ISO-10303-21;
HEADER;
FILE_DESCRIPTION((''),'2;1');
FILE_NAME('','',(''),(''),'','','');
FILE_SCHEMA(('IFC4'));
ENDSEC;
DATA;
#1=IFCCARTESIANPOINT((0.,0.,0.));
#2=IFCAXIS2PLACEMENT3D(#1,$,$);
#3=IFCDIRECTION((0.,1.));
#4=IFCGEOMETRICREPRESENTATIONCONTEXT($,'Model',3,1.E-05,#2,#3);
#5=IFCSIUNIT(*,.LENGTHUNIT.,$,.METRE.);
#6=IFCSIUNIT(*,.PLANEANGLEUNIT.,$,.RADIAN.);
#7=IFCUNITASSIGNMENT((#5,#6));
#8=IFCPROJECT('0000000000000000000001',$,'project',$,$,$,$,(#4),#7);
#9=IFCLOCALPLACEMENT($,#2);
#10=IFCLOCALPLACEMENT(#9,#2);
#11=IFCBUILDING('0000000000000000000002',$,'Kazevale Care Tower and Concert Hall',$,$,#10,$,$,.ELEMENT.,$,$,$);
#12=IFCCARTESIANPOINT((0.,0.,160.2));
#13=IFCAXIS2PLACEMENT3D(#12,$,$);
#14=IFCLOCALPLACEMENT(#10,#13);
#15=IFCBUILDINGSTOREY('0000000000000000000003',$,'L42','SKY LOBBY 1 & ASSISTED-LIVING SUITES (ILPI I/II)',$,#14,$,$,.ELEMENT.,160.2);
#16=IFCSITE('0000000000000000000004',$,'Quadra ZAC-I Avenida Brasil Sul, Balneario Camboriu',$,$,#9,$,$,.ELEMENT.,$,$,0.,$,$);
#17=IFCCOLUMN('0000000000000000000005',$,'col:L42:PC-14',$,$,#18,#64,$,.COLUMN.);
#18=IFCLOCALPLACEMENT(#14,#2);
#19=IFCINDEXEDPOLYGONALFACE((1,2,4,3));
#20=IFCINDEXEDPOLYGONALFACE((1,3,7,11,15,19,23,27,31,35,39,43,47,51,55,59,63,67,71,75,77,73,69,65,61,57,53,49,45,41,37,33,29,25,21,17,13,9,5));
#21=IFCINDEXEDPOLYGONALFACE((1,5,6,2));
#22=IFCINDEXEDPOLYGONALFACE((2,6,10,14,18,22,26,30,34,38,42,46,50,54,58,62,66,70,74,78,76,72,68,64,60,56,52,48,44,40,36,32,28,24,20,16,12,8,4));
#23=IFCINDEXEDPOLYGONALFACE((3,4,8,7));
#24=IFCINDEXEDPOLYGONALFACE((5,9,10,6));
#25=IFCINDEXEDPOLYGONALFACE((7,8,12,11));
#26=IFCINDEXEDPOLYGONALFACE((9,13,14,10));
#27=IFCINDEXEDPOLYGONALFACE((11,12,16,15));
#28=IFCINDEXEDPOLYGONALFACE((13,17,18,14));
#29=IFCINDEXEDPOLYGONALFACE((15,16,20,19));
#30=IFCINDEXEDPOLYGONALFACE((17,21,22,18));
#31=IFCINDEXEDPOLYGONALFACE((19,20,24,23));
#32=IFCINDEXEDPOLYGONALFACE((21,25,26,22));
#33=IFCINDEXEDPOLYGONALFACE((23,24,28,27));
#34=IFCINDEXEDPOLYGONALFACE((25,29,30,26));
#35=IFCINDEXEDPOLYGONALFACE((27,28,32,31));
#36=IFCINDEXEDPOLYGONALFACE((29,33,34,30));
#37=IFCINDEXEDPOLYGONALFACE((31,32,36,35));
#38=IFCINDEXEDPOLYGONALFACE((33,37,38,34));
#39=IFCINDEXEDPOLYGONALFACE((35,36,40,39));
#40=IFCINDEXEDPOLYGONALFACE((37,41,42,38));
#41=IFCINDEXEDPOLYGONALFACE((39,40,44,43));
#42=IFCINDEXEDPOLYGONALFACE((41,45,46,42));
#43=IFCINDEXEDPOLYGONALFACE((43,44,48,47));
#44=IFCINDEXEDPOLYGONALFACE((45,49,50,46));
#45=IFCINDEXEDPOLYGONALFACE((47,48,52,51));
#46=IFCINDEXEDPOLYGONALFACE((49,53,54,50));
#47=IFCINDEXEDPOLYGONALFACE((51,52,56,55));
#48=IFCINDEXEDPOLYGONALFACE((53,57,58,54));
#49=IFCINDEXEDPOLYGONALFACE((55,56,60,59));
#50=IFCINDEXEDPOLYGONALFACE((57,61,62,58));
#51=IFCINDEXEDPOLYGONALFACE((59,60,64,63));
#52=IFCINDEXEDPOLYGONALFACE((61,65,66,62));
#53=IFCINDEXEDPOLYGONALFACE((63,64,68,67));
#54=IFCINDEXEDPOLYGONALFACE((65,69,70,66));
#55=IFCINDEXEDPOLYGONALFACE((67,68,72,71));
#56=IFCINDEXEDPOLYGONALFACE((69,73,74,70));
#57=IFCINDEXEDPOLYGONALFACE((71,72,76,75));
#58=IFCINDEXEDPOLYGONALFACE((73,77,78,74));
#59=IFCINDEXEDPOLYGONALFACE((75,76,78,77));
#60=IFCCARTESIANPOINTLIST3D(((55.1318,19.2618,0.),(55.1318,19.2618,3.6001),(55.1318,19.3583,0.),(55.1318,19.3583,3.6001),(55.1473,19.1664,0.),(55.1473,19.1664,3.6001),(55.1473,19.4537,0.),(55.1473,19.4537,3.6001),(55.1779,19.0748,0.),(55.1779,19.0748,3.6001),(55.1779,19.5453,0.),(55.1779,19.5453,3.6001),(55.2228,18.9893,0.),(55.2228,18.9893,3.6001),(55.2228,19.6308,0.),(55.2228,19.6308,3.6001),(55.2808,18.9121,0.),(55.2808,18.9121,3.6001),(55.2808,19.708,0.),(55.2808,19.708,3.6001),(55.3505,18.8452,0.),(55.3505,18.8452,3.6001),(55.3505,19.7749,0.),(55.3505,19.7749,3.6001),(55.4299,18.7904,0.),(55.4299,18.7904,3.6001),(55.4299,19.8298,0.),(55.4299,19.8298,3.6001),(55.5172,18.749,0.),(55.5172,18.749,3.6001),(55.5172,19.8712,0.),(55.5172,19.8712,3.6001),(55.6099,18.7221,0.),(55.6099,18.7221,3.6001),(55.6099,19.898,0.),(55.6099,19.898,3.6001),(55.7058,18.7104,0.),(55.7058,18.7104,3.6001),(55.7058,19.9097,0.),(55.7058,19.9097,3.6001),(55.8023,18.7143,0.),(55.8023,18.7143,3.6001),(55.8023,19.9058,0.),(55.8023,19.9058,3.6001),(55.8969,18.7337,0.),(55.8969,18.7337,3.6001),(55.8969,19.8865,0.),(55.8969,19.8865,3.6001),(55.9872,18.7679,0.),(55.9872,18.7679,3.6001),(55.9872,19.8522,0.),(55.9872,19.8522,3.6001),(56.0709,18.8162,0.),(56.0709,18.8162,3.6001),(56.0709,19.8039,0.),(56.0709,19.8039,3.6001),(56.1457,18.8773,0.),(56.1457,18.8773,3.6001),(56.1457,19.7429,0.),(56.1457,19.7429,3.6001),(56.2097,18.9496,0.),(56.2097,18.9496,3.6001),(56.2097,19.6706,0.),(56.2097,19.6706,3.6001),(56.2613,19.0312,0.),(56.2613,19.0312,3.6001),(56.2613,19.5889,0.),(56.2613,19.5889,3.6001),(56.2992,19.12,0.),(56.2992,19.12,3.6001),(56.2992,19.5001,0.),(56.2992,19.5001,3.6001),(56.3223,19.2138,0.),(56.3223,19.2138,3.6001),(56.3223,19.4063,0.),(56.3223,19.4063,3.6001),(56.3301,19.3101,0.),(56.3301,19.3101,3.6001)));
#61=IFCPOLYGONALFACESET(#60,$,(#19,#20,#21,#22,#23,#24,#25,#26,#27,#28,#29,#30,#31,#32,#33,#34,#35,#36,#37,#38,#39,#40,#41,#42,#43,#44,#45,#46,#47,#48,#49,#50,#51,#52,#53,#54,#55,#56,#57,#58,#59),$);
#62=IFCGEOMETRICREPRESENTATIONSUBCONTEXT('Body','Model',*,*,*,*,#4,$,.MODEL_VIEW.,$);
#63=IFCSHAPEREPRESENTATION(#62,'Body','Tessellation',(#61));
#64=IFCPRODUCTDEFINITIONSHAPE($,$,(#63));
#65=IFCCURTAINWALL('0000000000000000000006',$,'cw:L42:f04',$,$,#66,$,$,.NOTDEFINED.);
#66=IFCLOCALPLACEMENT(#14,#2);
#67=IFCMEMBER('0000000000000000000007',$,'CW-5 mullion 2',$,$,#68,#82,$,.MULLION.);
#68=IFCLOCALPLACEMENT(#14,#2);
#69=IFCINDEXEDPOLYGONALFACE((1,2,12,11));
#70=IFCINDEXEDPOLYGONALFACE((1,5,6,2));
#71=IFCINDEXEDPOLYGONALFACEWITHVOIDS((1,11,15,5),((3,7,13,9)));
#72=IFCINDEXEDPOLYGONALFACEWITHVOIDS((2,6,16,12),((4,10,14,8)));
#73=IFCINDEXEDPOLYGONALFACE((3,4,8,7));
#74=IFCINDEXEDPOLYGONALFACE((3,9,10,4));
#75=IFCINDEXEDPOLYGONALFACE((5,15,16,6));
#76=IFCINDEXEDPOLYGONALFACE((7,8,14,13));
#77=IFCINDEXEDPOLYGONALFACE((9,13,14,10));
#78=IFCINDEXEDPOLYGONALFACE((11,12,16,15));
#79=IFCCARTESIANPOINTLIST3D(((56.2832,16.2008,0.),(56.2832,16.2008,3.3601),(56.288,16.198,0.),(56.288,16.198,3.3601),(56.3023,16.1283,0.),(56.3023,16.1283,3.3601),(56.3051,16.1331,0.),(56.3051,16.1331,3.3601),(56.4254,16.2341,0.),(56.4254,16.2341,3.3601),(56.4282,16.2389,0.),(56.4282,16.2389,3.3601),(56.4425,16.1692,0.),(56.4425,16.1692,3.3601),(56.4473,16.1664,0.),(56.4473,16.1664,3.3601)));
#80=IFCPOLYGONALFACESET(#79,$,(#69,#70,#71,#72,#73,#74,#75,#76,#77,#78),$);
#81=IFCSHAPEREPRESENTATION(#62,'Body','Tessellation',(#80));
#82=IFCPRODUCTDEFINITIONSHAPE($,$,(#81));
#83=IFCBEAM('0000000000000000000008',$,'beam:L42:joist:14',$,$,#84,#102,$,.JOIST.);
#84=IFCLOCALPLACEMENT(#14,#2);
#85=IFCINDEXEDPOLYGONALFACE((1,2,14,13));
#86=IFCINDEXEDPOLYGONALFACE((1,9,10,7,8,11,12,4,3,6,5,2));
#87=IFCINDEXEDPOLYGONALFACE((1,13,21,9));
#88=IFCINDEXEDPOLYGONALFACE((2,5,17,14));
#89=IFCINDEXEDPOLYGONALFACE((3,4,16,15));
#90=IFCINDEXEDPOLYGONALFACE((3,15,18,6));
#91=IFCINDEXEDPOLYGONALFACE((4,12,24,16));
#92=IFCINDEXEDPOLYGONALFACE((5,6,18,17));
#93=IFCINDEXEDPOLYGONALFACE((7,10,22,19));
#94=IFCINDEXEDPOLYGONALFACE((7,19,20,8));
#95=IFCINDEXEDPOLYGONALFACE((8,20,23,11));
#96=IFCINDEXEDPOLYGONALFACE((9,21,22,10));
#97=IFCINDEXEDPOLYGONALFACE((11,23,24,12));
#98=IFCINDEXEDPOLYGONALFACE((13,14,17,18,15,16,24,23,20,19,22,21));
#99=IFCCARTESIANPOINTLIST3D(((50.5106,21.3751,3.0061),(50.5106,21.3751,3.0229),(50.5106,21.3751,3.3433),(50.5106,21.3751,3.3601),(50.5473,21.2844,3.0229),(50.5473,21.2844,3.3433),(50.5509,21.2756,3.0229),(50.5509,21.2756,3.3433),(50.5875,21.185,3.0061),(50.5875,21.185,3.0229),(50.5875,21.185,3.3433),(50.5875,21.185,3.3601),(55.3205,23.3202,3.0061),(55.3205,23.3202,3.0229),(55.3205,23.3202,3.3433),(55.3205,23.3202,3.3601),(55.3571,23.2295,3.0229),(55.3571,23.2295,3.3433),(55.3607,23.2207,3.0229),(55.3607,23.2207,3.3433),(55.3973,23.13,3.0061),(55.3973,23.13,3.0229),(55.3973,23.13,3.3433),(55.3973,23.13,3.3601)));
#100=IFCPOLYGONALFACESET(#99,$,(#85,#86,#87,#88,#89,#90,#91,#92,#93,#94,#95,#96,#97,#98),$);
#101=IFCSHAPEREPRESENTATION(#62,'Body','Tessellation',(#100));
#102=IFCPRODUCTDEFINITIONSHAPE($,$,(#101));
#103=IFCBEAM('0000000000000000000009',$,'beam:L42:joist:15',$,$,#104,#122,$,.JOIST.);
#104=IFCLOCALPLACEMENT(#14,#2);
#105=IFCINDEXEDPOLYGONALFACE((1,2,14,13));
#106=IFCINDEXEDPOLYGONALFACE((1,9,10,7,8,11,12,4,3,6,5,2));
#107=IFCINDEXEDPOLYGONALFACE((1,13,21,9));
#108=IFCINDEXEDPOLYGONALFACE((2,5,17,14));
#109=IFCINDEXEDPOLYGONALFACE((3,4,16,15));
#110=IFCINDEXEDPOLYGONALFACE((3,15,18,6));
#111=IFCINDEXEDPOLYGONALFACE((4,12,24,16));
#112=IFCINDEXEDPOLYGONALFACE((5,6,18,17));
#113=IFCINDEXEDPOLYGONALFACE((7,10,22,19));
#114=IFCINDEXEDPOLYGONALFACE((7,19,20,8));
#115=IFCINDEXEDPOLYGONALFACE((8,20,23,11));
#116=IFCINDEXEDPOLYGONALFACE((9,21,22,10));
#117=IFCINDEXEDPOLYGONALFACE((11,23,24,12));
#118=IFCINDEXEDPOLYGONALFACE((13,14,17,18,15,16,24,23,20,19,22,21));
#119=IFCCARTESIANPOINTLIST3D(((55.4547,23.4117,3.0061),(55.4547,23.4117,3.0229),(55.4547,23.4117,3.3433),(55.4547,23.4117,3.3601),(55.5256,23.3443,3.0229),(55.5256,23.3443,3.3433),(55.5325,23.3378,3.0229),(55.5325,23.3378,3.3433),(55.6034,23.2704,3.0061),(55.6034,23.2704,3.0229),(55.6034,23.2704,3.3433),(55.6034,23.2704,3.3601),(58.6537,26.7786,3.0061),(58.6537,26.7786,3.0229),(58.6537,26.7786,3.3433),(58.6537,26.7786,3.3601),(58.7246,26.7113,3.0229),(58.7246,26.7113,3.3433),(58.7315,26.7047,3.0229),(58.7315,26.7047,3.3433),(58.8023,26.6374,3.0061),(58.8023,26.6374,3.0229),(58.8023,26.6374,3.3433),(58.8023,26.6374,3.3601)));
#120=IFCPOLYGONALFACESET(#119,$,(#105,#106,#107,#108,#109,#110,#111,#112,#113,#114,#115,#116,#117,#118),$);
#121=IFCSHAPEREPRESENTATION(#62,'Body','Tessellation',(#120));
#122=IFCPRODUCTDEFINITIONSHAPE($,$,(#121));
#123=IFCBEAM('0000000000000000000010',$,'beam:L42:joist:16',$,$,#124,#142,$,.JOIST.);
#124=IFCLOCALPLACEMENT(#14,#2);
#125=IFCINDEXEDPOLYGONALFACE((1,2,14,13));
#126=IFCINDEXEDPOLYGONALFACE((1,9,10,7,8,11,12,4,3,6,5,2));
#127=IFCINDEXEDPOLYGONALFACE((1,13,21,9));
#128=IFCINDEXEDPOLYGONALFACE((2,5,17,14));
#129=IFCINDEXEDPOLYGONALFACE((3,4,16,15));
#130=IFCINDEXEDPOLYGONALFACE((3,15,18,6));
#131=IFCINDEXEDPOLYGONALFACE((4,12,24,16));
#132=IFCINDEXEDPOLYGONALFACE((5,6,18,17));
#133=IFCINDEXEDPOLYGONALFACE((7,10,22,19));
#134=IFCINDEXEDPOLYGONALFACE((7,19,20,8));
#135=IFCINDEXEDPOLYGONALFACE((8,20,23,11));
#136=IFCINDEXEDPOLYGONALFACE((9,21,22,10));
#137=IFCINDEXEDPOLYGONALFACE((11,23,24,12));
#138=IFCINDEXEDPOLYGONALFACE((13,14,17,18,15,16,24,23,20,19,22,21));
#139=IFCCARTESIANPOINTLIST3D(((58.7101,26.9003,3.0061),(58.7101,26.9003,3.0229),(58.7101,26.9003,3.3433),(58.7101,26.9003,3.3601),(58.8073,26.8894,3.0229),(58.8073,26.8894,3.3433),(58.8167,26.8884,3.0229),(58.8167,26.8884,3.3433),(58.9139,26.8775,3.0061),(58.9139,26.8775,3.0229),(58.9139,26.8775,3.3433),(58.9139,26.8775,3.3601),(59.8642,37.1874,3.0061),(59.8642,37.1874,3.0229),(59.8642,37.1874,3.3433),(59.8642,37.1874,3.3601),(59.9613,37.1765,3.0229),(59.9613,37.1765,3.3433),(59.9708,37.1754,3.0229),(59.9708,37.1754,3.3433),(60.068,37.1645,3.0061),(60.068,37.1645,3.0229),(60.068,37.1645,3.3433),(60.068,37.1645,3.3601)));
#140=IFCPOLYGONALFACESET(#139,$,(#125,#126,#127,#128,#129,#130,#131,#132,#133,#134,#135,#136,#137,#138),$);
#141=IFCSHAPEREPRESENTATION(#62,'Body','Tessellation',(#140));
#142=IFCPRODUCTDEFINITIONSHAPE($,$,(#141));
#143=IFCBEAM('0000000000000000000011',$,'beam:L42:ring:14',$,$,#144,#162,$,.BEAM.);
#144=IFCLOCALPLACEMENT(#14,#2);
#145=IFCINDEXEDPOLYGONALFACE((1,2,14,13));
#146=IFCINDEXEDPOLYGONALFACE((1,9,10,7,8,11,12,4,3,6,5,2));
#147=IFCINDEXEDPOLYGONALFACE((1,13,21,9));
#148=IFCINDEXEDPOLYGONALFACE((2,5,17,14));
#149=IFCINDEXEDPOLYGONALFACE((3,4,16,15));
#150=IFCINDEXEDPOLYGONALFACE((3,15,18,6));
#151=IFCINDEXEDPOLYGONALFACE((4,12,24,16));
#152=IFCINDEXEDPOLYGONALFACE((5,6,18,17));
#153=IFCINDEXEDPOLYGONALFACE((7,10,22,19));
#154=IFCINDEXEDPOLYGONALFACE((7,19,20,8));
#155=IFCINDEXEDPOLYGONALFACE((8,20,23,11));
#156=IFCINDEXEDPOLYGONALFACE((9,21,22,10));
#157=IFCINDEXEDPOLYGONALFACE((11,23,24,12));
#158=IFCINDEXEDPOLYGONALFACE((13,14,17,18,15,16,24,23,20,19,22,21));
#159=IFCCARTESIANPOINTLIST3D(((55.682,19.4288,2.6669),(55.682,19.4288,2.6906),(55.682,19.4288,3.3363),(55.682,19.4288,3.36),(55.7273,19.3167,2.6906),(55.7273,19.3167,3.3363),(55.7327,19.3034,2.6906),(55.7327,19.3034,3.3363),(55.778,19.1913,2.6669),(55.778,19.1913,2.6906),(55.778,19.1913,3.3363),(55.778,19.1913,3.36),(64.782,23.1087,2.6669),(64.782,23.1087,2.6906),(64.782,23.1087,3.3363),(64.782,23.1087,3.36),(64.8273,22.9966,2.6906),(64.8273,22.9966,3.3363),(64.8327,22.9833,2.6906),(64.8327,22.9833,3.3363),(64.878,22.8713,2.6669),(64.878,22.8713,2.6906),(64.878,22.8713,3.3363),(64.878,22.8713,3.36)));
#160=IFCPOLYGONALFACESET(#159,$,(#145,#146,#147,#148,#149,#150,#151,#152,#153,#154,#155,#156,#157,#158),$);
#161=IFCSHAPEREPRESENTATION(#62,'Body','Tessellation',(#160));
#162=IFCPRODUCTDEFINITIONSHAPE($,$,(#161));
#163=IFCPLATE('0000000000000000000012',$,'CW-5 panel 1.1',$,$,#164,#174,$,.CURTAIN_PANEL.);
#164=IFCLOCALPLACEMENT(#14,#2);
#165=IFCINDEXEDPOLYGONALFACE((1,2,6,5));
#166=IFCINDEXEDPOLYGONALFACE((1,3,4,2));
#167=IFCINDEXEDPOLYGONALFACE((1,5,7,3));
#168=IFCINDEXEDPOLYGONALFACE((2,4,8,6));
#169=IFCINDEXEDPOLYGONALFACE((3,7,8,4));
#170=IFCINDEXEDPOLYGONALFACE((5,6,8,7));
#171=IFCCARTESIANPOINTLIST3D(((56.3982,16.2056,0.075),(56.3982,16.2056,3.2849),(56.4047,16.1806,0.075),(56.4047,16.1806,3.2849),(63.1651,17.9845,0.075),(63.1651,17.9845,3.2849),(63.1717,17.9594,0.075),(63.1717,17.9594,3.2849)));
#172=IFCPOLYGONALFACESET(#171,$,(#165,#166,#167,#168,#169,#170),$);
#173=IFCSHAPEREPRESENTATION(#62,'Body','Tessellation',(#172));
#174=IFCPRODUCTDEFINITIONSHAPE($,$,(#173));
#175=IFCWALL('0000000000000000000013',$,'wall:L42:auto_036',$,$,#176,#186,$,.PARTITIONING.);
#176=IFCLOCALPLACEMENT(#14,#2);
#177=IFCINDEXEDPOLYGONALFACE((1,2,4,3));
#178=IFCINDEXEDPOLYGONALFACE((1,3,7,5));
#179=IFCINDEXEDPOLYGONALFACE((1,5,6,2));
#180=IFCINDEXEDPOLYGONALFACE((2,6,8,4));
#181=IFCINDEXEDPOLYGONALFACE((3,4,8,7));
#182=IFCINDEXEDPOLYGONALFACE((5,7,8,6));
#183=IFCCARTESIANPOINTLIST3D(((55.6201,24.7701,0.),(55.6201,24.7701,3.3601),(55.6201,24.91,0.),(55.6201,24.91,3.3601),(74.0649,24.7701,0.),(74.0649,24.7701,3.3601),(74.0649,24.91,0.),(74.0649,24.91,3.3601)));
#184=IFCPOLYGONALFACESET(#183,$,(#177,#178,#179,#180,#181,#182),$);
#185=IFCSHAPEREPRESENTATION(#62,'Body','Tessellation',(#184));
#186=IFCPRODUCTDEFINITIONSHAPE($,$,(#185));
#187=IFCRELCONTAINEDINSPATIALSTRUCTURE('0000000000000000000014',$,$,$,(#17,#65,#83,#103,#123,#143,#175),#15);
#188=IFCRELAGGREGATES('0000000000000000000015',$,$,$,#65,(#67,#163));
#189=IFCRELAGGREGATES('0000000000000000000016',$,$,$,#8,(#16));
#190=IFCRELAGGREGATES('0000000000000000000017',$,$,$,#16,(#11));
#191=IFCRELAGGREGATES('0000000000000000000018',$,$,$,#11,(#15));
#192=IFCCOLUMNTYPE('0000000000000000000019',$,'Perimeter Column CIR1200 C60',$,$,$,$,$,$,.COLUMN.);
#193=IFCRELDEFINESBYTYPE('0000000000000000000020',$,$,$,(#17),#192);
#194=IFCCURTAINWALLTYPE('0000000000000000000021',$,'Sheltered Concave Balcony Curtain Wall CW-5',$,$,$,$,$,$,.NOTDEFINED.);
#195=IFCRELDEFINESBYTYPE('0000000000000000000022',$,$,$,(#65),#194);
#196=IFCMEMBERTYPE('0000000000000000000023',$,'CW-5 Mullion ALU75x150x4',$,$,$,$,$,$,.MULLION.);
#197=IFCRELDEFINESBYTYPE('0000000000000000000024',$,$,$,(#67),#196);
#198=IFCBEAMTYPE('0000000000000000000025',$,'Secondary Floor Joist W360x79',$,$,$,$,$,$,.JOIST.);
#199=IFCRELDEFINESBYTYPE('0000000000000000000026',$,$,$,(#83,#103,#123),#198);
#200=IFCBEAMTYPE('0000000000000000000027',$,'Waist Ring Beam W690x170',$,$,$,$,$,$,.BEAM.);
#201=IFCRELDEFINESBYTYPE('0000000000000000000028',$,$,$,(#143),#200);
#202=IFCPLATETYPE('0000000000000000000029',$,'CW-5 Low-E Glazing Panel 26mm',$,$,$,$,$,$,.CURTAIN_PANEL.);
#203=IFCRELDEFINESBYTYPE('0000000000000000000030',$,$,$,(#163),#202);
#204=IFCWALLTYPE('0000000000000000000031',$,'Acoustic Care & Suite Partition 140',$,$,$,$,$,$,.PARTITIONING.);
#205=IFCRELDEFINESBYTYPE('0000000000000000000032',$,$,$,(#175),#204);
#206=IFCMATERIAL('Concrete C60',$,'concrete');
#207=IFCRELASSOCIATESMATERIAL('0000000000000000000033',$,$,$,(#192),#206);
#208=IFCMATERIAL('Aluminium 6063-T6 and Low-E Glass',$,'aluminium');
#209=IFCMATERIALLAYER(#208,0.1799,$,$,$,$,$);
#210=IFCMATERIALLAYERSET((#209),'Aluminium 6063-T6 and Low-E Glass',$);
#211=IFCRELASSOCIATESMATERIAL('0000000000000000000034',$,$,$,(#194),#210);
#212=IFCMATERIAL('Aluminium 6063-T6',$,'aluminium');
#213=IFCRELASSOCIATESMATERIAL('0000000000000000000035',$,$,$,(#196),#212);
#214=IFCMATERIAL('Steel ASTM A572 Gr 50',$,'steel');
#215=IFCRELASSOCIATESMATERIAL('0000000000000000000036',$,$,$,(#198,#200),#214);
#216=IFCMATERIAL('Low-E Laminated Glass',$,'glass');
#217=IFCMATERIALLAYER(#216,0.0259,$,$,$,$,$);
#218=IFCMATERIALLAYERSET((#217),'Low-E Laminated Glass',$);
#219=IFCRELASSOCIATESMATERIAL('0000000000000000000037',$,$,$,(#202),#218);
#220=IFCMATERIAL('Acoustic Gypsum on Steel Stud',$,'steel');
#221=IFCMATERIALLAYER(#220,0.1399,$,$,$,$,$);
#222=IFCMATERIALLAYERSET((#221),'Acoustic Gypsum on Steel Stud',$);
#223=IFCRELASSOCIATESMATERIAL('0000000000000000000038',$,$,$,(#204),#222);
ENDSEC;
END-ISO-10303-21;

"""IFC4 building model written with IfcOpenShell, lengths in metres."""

from ifc_helpers import new_model, si_unit, direction, frame, frame_2d, origin, origin_2d, place, context, subcontext, project, spatial, rectangle, hollow_rectangle, circle, i_section, extrude, material, layer, layer_set, material_profile, profile_set, type_object, element, aggregate, save


model = new_model("IFC4")

# Units and contexts
model_context = context("Model", 3, precision=1e-05, world=origin(), true_north=direction((0.0, 1.0)))
body_context = subcontext(model_context, "Body", "Model", "MODEL_VIEW")
ifc_project = project(units=[si_unit("LENGTHUNIT", "METRE"), si_unit("PLANEANGLEUNIT", "RADIAN")], contexts=[model_context])

# Site, building, storey
site_placement = place(None, origin())
site = spatial("IfcSite", under=ifc_project, at=site_placement, Name="Quadra ZAC-I Avenida Brasil Sul, Balneario Camboriu", CompositionType="ELEMENT", RefElevation=0.0)
building_placement = place(site_placement, origin())
building = spatial("IfcBuilding", under=site, at=building_placement, Name="Kazevale Care Tower and Concert Hall", CompositionType="ELEMENT")
storey_placement = place(building_placement, frame((0.0, 0.0, 160.2)))
storey = spatial("IfcBuildingStorey", under=building, at=storey_placement, Name="L42", Description="SKY LOBBY 1 & ASSISTED-LIVING SUITES (ILPI I/II)", CompositionType="ELEMENT", Elevation=160.2)

# Column
ifc_material_1 = material(Name="Concrete C60", Category="concrete")
ifc_material_profile_1 = material_profile(ifc_material_1, circle(Radius=0.6001, at=origin_2d()), Name="RC-CIR1200")
ifc_profile_set_1 = profile_set([ifc_material_profile_1], Name="Concrete C60")
column_type = type_object("IfcColumnType", Name="Perimeter Column CIR1200 C60", PredefinedType="COLUMN", material=ifc_profile_set_1)
column_placement = place(storey_placement, frame((55.73, 19.3101, 0.0), z_axis=(0.0, 0.0, 1.0), x_axis=(1.0, 0.0, 0.0)))
element("IfcColumn", 1, at=column_placement, inside=storey, type_object=column_type, Name="col:L42:PC-14", PredefinedType="COLUMN", context=body_context, shape_type="SweptSolid", body=[
    extrude(circle(Radius=0.6001, at=origin_2d()), origin(), (0.0, 0.0, 1.0), 3.6001),
])

# Curtain wall, member
ifc_material_2 = material(Name="Aluminium 6063-T6 and Low-E Glass", Category="aluminium")
ifc_layer_1 = layer(ifc_material_2, 0.1799)
ifc_layer_set_1 = layer_set([ifc_layer_1], Name="Aluminium 6063-T6 and Low-E Glass")
curtain_wall_type = type_object("IfcCurtainWallType", Name="Sheltered Concave Balcony Curtain Wall CW-5", PredefinedType="NOTDEFINED", material=ifc_layer_set_1)
curtain_wall_placement = place(storey_placement, origin())
curtain_wall = element("IfcCurtainWall", 2, at=curtain_wall_placement, inside=storey, type_object=curtain_wall_type, Name="cw:L42:f04", PredefinedType="NOTDEFINED")
ifc_material_3 = material(Name="Aluminium 6063-T6", Category="aluminium")
ifc_material_profile_2 = material_profile(ifc_material_3, hollow_rectangle(XDim=0.075, YDim=0.1499, WallThickness=0.0039, at=origin_2d()), Name="ALU75x150x4")
ifc_profile_set_2 = profile_set([ifc_material_profile_2], Name="Aluminium 6063-T6")
member_type = type_object("IfcMemberType", Name="CW-5 Mullion ALU75x150x4", PredefinedType="MULLION", material=ifc_profile_set_2)
member_placement = place(storey_placement, frame((56.3652, 16.1836, 0.0), z_axis=(0.0, 0.0, 1.0), x_axis=(0.254238, -0.967142, 0.0)))
member = element("IfcMember", 3, at=member_placement, type_object=member_type, Name="CW-5 mullion 2", PredefinedType="MULLION", context=body_context, shape_type="SweptSolid", body=[
    extrude(hollow_rectangle(XDim=0.075, YDim=0.1499, WallThickness=0.0039, at=origin_2d()), origin(), (0.0, 0.0, 1.0), 3.3601),
])

# Beams
ifc_material_4 = material(Name="Steel ASTM A572 Gr 50", Category="steel")
ifc_material_profile_3 = material_profile(ifc_material_4, i_section(OverallWidth=0.2051, OverallDepth=0.354, WebThickness=0.0095, FlangeThickness=0.0168, at=origin_2d()), Name="W360x79")
ifc_profile_set_3 = profile_set([ifc_material_profile_3], Name="Steel ASTM A572 Gr 50")
beam_type_1 = type_object("IfcBeamType", Name="Secondary Floor Joist W360x79", PredefinedType="JOIST", material=ifc_profile_set_3)
beam_1_placement = place(storey_placement, frame((50.5491, 21.28, 3.1831), z_axis=(0.927065, 0.374901, 0.0), x_axis=(-0.374901, 0.927065, 0.0)))
element("IfcBeam", 4, at=beam_1_placement, inside=storey, type_object=beam_type_1, Name="beam:L42:joist:14", PredefinedType="JOIST", context=body_context, shape_type="SweptSolid", body=[
    extrude(i_section(OverallWidth=0.2051, OverallDepth=0.354, WebThickness=0.0095, FlangeThickness=0.0168, at=origin_2d()), origin(), (0.0, 0.0, 1.0), 5.1882),
])
beam_2_placement = place(storey_placement, frame((55.5291, 23.3411, 3.1831), z_axis=(0.688792, 0.724959, 0.0), x_axis=(-0.724959, 0.688792, 0.0)))
element("IfcBeam", 5, at=beam_2_placement, inside=storey, type_object=beam_type_1, Name="beam:L42:joist:15", PredefinedType="JOIST", context=body_context, shape_type="SweptSolid", body=[
    extrude(i_section(OverallWidth=0.2051, OverallDepth=0.354, WebThickness=0.0095, FlangeThickness=0.0168, at=origin_2d()), origin(), (0.0, 0.0, 1.0), 4.6443),
])
beam_3_placement = place(storey_placement, frame((58.812, 26.8889, 3.1831), z_axis=(0.111485, 0.993766, 0.0), x_axis=(-0.993766, 0.111485, 0.0)))
element("IfcBeam", 6, at=beam_3_placement, inside=storey, type_object=beam_type_1, Name="beam:L42:joist:16", PredefinedType="JOIST", context=body_context, shape_type="SweptSolid", body=[
    extrude(i_section(OverallWidth=0.2051, OverallDepth=0.354, WebThickness=0.0095, FlangeThickness=0.0168, at=origin_2d()), origin(), (0.0, 0.0, 1.0), 10.3516),
])
ifc_material_profile_4 = material_profile(ifc_material_4, i_section(OverallWidth=0.2561, OverallDepth=0.6931, WebThickness=0.0144, FlangeThickness=0.0237, at=origin_2d()), Name="W690x170")
ifc_profile_set_4 = profile_set([ifc_material_profile_4], Name="Steel ASTM A572 Gr 50")
beam_type_2 = type_object("IfcBeamType", Name="Waist Ring Beam W690x170", PredefinedType="BEAM", material=ifc_profile_set_4)
beam_4_placement = place(storey_placement, frame((55.73, 19.3101, 3.0134), z_axis=(0.927069, 0.374892, 0.0), x_axis=(-0.374892, 0.927069, 0.0)))
element("IfcBeam", 7, at=beam_4_placement, inside=storey, type_object=beam_type_2, Name="beam:L42:ring:14", PredefinedType="BEAM", context=body_context, shape_type="SweptSolid", body=[
    extrude(i_section(OverallWidth=0.2561, OverallDepth=0.6931, WebThickness=0.0144, FlangeThickness=0.0237, at=origin_2d()), origin(), (0.0, 0.0, 1.0), 9.8159),
])

# Plate
ifc_material_5 = material(Name="Low-E Laminated Glass", Category="glass")
ifc_layer_2 = layer(ifc_material_5, 0.0259)
ifc_layer_set_2 = layer_set([ifc_layer_2], Name="Low-E Laminated Glass")
plate_type = type_object("IfcPlateType", Name="CW-5 Low-E Glazing Panel 26mm", PredefinedType="CURTAIN_PANEL", material=ifc_layer_set_2)
plate_placement = place(storey_placement, frame((59.7849, 17.0825, 0.075), z_axis=(0.0, 0.0, 1.0), x_axis=(-0.967142, -0.254238, 0.0)))
plate = element("IfcPlate", 8, at=plate_placement, type_object=plate_type, Name="CW-5 panel 1.1", PredefinedType="CURTAIN_PANEL", context=body_context, shape_type="SweptSolid", body=[
    extrude(rectangle(XDim=6.9968, YDim=0.0259, at=origin_2d()), origin(), (0.0, 0.0, 1.0), 3.21),
])
aggregate(curtain_wall, [member, plate])

# Wall
ifc_material_6 = material(Name="Acoustic Gypsum on Steel Stud", Category="steel")
ifc_layer_3 = layer(ifc_material_6, 0.1399)
ifc_layer_set_3 = layer_set([ifc_layer_3], Name="Acoustic Gypsum on Steel Stud")
wall_type_1 = type_object("IfcWallType", Name="Acoustic Care & Suite Partition 140", PredefinedType="PARTITIONING", material=ifc_layer_set_3)
wall_1_placement = place(storey_placement, frame((55.6201, 24.8401, 0.0), z_axis=(0.0, 0.0, 1.0), x_axis=(1.0, 0.0, 0.0)))
element("IfcWall", 9, at=wall_1_placement, inside=storey, type_object=wall_type_1, Name="wall:L42:auto_036", PredefinedType="PARTITIONING", context=body_context, shape_type="SweptSolid", body=[
    extrude(rectangle(XDim=18.4448, YDim=0.1399, at=frame_2d((9.2224, 0.0))), origin(), (0.0, 0.0, 1.0), 3.3601),
])

save(model, "model.ifc")
